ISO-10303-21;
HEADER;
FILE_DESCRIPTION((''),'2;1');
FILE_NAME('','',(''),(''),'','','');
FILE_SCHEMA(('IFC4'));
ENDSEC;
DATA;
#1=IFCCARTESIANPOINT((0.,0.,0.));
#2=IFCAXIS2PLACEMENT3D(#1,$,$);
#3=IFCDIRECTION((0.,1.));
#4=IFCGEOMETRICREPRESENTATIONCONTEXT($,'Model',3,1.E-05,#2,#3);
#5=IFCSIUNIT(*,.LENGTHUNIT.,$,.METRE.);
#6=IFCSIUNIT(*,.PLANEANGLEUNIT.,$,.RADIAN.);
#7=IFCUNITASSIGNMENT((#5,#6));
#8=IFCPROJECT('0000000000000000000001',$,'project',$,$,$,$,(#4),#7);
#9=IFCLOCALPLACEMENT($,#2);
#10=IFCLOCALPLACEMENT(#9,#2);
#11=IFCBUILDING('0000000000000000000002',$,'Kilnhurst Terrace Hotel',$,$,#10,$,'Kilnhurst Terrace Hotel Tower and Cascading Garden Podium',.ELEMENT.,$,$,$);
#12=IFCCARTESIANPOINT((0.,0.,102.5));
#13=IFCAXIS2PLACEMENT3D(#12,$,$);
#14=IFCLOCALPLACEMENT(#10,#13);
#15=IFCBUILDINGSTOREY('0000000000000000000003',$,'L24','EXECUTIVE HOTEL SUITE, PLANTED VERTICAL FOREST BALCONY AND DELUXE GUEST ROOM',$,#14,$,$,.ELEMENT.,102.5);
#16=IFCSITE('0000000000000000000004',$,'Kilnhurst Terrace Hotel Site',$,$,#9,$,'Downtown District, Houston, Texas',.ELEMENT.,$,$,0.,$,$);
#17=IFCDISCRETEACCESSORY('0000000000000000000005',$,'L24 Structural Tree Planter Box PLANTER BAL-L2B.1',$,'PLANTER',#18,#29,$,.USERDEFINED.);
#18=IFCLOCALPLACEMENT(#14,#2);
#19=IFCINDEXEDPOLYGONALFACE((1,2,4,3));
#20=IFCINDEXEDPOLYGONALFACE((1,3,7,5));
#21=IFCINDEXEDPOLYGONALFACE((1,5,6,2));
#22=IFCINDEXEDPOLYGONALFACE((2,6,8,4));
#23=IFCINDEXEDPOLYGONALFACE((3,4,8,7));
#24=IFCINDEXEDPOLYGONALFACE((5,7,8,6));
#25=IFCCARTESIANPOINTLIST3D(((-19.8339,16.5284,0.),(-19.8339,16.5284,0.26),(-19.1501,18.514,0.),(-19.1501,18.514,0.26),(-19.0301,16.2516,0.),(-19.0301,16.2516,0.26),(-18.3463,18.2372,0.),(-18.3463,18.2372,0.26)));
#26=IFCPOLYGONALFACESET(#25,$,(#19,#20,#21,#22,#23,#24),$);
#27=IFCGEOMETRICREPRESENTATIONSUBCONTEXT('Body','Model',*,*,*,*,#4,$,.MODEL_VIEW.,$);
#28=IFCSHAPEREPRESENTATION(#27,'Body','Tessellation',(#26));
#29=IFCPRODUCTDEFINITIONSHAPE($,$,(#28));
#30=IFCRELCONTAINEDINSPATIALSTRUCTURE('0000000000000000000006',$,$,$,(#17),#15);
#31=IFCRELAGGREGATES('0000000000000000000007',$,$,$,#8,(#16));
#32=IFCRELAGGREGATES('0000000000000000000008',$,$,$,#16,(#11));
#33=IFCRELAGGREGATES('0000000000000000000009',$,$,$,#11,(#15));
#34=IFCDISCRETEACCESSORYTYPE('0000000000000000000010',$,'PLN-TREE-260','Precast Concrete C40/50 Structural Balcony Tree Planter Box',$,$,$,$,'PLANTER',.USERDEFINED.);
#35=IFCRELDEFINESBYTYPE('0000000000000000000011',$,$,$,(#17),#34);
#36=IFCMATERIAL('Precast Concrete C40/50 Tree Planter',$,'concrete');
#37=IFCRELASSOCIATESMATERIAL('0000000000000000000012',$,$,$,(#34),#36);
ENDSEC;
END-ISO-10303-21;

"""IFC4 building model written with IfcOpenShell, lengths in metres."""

from ifc_helpers import new_model, si_unit, direction, frame, origin, origin_2d, place, context, subcontext, project, spatial, rectangle, extrude, material, type_object, element, save


model = new_model("IFC4")

# Units and contexts
model_context = context("Model", 3, precision=1e-05, world=origin(), true_north=direction((0.0, 1.0)))
body_context = subcontext(model_context, "Body", "Model", "MODEL_VIEW")
ifc_project = project(units=[si_unit("LENGTHUNIT", "METRE"), si_unit("PLANEANGLEUNIT", "RADIAN")], contexts=[model_context])

# Site, building, storey
site_placement = place(None, origin())
site = spatial("IfcSite", under=ifc_project, at=site_placement, Name="Kilnhurst Terrace Hotel Site", LongName="Downtown District, Houston, Texas", CompositionType="ELEMENT", RefElevation=0.0)
building_placement = place(site_placement, origin())
building = spatial("IfcBuilding", under=site, at=building_placement, Name="Kilnhurst Terrace Hotel", LongName="Kilnhurst Terrace Hotel Tower and Cascading Garden Podium", CompositionType="ELEMENT")
storey_placement = place(building_placement, frame((0.0, 0.0, 102.5)))
storey = spatial("IfcBuildingStorey", under=building, at=storey_placement, Name="L24", Description="EXECUTIVE HOTEL SUITE, PLANTED VERTICAL FOREST BALCONY AND DELUXE GUEST ROOM", CompositionType="ELEMENT", Elevation=102.5)

# Discrete accessory
ifc_material_1 = material(Name="Precast Concrete C40/50 Tree Planter", Category="concrete")
discrete_accessory_type_1 = type_object("IfcDiscreteAccessoryType", Name="PLN-TREE-260", Description="Precast Concrete C40/50 Structural Balcony Tree Planter Box", ElementType="PLANTER", PredefinedType="USERDEFINED", material=ifc_material_1)
discrete_accessory_1_placement = place(storey_placement, frame((-19.0901, 17.3828, 0.0), z_axis=(0.0, 0.0, 1.0), x_axis=(-0.325601, -0.945507, 0.0)))
element("IfcDiscreteAccessory", 1, at=discrete_accessory_1_placement, inside=storey, type_object=discrete_accessory_type_1, Name="L24 Structural Tree Planter Box PLANTER BAL-L2B.1", ObjectType="PLANTER", PredefinedType="USERDEFINED", context=body_context, shape_type="SweptSolid", body=[
    extrude(rectangle(XDim=2.1001, YDim=0.8501, at=origin_2d()), origin(), (0.0, 0.0, 1.0), 0.26),
])

save(model, "model.ifc")
